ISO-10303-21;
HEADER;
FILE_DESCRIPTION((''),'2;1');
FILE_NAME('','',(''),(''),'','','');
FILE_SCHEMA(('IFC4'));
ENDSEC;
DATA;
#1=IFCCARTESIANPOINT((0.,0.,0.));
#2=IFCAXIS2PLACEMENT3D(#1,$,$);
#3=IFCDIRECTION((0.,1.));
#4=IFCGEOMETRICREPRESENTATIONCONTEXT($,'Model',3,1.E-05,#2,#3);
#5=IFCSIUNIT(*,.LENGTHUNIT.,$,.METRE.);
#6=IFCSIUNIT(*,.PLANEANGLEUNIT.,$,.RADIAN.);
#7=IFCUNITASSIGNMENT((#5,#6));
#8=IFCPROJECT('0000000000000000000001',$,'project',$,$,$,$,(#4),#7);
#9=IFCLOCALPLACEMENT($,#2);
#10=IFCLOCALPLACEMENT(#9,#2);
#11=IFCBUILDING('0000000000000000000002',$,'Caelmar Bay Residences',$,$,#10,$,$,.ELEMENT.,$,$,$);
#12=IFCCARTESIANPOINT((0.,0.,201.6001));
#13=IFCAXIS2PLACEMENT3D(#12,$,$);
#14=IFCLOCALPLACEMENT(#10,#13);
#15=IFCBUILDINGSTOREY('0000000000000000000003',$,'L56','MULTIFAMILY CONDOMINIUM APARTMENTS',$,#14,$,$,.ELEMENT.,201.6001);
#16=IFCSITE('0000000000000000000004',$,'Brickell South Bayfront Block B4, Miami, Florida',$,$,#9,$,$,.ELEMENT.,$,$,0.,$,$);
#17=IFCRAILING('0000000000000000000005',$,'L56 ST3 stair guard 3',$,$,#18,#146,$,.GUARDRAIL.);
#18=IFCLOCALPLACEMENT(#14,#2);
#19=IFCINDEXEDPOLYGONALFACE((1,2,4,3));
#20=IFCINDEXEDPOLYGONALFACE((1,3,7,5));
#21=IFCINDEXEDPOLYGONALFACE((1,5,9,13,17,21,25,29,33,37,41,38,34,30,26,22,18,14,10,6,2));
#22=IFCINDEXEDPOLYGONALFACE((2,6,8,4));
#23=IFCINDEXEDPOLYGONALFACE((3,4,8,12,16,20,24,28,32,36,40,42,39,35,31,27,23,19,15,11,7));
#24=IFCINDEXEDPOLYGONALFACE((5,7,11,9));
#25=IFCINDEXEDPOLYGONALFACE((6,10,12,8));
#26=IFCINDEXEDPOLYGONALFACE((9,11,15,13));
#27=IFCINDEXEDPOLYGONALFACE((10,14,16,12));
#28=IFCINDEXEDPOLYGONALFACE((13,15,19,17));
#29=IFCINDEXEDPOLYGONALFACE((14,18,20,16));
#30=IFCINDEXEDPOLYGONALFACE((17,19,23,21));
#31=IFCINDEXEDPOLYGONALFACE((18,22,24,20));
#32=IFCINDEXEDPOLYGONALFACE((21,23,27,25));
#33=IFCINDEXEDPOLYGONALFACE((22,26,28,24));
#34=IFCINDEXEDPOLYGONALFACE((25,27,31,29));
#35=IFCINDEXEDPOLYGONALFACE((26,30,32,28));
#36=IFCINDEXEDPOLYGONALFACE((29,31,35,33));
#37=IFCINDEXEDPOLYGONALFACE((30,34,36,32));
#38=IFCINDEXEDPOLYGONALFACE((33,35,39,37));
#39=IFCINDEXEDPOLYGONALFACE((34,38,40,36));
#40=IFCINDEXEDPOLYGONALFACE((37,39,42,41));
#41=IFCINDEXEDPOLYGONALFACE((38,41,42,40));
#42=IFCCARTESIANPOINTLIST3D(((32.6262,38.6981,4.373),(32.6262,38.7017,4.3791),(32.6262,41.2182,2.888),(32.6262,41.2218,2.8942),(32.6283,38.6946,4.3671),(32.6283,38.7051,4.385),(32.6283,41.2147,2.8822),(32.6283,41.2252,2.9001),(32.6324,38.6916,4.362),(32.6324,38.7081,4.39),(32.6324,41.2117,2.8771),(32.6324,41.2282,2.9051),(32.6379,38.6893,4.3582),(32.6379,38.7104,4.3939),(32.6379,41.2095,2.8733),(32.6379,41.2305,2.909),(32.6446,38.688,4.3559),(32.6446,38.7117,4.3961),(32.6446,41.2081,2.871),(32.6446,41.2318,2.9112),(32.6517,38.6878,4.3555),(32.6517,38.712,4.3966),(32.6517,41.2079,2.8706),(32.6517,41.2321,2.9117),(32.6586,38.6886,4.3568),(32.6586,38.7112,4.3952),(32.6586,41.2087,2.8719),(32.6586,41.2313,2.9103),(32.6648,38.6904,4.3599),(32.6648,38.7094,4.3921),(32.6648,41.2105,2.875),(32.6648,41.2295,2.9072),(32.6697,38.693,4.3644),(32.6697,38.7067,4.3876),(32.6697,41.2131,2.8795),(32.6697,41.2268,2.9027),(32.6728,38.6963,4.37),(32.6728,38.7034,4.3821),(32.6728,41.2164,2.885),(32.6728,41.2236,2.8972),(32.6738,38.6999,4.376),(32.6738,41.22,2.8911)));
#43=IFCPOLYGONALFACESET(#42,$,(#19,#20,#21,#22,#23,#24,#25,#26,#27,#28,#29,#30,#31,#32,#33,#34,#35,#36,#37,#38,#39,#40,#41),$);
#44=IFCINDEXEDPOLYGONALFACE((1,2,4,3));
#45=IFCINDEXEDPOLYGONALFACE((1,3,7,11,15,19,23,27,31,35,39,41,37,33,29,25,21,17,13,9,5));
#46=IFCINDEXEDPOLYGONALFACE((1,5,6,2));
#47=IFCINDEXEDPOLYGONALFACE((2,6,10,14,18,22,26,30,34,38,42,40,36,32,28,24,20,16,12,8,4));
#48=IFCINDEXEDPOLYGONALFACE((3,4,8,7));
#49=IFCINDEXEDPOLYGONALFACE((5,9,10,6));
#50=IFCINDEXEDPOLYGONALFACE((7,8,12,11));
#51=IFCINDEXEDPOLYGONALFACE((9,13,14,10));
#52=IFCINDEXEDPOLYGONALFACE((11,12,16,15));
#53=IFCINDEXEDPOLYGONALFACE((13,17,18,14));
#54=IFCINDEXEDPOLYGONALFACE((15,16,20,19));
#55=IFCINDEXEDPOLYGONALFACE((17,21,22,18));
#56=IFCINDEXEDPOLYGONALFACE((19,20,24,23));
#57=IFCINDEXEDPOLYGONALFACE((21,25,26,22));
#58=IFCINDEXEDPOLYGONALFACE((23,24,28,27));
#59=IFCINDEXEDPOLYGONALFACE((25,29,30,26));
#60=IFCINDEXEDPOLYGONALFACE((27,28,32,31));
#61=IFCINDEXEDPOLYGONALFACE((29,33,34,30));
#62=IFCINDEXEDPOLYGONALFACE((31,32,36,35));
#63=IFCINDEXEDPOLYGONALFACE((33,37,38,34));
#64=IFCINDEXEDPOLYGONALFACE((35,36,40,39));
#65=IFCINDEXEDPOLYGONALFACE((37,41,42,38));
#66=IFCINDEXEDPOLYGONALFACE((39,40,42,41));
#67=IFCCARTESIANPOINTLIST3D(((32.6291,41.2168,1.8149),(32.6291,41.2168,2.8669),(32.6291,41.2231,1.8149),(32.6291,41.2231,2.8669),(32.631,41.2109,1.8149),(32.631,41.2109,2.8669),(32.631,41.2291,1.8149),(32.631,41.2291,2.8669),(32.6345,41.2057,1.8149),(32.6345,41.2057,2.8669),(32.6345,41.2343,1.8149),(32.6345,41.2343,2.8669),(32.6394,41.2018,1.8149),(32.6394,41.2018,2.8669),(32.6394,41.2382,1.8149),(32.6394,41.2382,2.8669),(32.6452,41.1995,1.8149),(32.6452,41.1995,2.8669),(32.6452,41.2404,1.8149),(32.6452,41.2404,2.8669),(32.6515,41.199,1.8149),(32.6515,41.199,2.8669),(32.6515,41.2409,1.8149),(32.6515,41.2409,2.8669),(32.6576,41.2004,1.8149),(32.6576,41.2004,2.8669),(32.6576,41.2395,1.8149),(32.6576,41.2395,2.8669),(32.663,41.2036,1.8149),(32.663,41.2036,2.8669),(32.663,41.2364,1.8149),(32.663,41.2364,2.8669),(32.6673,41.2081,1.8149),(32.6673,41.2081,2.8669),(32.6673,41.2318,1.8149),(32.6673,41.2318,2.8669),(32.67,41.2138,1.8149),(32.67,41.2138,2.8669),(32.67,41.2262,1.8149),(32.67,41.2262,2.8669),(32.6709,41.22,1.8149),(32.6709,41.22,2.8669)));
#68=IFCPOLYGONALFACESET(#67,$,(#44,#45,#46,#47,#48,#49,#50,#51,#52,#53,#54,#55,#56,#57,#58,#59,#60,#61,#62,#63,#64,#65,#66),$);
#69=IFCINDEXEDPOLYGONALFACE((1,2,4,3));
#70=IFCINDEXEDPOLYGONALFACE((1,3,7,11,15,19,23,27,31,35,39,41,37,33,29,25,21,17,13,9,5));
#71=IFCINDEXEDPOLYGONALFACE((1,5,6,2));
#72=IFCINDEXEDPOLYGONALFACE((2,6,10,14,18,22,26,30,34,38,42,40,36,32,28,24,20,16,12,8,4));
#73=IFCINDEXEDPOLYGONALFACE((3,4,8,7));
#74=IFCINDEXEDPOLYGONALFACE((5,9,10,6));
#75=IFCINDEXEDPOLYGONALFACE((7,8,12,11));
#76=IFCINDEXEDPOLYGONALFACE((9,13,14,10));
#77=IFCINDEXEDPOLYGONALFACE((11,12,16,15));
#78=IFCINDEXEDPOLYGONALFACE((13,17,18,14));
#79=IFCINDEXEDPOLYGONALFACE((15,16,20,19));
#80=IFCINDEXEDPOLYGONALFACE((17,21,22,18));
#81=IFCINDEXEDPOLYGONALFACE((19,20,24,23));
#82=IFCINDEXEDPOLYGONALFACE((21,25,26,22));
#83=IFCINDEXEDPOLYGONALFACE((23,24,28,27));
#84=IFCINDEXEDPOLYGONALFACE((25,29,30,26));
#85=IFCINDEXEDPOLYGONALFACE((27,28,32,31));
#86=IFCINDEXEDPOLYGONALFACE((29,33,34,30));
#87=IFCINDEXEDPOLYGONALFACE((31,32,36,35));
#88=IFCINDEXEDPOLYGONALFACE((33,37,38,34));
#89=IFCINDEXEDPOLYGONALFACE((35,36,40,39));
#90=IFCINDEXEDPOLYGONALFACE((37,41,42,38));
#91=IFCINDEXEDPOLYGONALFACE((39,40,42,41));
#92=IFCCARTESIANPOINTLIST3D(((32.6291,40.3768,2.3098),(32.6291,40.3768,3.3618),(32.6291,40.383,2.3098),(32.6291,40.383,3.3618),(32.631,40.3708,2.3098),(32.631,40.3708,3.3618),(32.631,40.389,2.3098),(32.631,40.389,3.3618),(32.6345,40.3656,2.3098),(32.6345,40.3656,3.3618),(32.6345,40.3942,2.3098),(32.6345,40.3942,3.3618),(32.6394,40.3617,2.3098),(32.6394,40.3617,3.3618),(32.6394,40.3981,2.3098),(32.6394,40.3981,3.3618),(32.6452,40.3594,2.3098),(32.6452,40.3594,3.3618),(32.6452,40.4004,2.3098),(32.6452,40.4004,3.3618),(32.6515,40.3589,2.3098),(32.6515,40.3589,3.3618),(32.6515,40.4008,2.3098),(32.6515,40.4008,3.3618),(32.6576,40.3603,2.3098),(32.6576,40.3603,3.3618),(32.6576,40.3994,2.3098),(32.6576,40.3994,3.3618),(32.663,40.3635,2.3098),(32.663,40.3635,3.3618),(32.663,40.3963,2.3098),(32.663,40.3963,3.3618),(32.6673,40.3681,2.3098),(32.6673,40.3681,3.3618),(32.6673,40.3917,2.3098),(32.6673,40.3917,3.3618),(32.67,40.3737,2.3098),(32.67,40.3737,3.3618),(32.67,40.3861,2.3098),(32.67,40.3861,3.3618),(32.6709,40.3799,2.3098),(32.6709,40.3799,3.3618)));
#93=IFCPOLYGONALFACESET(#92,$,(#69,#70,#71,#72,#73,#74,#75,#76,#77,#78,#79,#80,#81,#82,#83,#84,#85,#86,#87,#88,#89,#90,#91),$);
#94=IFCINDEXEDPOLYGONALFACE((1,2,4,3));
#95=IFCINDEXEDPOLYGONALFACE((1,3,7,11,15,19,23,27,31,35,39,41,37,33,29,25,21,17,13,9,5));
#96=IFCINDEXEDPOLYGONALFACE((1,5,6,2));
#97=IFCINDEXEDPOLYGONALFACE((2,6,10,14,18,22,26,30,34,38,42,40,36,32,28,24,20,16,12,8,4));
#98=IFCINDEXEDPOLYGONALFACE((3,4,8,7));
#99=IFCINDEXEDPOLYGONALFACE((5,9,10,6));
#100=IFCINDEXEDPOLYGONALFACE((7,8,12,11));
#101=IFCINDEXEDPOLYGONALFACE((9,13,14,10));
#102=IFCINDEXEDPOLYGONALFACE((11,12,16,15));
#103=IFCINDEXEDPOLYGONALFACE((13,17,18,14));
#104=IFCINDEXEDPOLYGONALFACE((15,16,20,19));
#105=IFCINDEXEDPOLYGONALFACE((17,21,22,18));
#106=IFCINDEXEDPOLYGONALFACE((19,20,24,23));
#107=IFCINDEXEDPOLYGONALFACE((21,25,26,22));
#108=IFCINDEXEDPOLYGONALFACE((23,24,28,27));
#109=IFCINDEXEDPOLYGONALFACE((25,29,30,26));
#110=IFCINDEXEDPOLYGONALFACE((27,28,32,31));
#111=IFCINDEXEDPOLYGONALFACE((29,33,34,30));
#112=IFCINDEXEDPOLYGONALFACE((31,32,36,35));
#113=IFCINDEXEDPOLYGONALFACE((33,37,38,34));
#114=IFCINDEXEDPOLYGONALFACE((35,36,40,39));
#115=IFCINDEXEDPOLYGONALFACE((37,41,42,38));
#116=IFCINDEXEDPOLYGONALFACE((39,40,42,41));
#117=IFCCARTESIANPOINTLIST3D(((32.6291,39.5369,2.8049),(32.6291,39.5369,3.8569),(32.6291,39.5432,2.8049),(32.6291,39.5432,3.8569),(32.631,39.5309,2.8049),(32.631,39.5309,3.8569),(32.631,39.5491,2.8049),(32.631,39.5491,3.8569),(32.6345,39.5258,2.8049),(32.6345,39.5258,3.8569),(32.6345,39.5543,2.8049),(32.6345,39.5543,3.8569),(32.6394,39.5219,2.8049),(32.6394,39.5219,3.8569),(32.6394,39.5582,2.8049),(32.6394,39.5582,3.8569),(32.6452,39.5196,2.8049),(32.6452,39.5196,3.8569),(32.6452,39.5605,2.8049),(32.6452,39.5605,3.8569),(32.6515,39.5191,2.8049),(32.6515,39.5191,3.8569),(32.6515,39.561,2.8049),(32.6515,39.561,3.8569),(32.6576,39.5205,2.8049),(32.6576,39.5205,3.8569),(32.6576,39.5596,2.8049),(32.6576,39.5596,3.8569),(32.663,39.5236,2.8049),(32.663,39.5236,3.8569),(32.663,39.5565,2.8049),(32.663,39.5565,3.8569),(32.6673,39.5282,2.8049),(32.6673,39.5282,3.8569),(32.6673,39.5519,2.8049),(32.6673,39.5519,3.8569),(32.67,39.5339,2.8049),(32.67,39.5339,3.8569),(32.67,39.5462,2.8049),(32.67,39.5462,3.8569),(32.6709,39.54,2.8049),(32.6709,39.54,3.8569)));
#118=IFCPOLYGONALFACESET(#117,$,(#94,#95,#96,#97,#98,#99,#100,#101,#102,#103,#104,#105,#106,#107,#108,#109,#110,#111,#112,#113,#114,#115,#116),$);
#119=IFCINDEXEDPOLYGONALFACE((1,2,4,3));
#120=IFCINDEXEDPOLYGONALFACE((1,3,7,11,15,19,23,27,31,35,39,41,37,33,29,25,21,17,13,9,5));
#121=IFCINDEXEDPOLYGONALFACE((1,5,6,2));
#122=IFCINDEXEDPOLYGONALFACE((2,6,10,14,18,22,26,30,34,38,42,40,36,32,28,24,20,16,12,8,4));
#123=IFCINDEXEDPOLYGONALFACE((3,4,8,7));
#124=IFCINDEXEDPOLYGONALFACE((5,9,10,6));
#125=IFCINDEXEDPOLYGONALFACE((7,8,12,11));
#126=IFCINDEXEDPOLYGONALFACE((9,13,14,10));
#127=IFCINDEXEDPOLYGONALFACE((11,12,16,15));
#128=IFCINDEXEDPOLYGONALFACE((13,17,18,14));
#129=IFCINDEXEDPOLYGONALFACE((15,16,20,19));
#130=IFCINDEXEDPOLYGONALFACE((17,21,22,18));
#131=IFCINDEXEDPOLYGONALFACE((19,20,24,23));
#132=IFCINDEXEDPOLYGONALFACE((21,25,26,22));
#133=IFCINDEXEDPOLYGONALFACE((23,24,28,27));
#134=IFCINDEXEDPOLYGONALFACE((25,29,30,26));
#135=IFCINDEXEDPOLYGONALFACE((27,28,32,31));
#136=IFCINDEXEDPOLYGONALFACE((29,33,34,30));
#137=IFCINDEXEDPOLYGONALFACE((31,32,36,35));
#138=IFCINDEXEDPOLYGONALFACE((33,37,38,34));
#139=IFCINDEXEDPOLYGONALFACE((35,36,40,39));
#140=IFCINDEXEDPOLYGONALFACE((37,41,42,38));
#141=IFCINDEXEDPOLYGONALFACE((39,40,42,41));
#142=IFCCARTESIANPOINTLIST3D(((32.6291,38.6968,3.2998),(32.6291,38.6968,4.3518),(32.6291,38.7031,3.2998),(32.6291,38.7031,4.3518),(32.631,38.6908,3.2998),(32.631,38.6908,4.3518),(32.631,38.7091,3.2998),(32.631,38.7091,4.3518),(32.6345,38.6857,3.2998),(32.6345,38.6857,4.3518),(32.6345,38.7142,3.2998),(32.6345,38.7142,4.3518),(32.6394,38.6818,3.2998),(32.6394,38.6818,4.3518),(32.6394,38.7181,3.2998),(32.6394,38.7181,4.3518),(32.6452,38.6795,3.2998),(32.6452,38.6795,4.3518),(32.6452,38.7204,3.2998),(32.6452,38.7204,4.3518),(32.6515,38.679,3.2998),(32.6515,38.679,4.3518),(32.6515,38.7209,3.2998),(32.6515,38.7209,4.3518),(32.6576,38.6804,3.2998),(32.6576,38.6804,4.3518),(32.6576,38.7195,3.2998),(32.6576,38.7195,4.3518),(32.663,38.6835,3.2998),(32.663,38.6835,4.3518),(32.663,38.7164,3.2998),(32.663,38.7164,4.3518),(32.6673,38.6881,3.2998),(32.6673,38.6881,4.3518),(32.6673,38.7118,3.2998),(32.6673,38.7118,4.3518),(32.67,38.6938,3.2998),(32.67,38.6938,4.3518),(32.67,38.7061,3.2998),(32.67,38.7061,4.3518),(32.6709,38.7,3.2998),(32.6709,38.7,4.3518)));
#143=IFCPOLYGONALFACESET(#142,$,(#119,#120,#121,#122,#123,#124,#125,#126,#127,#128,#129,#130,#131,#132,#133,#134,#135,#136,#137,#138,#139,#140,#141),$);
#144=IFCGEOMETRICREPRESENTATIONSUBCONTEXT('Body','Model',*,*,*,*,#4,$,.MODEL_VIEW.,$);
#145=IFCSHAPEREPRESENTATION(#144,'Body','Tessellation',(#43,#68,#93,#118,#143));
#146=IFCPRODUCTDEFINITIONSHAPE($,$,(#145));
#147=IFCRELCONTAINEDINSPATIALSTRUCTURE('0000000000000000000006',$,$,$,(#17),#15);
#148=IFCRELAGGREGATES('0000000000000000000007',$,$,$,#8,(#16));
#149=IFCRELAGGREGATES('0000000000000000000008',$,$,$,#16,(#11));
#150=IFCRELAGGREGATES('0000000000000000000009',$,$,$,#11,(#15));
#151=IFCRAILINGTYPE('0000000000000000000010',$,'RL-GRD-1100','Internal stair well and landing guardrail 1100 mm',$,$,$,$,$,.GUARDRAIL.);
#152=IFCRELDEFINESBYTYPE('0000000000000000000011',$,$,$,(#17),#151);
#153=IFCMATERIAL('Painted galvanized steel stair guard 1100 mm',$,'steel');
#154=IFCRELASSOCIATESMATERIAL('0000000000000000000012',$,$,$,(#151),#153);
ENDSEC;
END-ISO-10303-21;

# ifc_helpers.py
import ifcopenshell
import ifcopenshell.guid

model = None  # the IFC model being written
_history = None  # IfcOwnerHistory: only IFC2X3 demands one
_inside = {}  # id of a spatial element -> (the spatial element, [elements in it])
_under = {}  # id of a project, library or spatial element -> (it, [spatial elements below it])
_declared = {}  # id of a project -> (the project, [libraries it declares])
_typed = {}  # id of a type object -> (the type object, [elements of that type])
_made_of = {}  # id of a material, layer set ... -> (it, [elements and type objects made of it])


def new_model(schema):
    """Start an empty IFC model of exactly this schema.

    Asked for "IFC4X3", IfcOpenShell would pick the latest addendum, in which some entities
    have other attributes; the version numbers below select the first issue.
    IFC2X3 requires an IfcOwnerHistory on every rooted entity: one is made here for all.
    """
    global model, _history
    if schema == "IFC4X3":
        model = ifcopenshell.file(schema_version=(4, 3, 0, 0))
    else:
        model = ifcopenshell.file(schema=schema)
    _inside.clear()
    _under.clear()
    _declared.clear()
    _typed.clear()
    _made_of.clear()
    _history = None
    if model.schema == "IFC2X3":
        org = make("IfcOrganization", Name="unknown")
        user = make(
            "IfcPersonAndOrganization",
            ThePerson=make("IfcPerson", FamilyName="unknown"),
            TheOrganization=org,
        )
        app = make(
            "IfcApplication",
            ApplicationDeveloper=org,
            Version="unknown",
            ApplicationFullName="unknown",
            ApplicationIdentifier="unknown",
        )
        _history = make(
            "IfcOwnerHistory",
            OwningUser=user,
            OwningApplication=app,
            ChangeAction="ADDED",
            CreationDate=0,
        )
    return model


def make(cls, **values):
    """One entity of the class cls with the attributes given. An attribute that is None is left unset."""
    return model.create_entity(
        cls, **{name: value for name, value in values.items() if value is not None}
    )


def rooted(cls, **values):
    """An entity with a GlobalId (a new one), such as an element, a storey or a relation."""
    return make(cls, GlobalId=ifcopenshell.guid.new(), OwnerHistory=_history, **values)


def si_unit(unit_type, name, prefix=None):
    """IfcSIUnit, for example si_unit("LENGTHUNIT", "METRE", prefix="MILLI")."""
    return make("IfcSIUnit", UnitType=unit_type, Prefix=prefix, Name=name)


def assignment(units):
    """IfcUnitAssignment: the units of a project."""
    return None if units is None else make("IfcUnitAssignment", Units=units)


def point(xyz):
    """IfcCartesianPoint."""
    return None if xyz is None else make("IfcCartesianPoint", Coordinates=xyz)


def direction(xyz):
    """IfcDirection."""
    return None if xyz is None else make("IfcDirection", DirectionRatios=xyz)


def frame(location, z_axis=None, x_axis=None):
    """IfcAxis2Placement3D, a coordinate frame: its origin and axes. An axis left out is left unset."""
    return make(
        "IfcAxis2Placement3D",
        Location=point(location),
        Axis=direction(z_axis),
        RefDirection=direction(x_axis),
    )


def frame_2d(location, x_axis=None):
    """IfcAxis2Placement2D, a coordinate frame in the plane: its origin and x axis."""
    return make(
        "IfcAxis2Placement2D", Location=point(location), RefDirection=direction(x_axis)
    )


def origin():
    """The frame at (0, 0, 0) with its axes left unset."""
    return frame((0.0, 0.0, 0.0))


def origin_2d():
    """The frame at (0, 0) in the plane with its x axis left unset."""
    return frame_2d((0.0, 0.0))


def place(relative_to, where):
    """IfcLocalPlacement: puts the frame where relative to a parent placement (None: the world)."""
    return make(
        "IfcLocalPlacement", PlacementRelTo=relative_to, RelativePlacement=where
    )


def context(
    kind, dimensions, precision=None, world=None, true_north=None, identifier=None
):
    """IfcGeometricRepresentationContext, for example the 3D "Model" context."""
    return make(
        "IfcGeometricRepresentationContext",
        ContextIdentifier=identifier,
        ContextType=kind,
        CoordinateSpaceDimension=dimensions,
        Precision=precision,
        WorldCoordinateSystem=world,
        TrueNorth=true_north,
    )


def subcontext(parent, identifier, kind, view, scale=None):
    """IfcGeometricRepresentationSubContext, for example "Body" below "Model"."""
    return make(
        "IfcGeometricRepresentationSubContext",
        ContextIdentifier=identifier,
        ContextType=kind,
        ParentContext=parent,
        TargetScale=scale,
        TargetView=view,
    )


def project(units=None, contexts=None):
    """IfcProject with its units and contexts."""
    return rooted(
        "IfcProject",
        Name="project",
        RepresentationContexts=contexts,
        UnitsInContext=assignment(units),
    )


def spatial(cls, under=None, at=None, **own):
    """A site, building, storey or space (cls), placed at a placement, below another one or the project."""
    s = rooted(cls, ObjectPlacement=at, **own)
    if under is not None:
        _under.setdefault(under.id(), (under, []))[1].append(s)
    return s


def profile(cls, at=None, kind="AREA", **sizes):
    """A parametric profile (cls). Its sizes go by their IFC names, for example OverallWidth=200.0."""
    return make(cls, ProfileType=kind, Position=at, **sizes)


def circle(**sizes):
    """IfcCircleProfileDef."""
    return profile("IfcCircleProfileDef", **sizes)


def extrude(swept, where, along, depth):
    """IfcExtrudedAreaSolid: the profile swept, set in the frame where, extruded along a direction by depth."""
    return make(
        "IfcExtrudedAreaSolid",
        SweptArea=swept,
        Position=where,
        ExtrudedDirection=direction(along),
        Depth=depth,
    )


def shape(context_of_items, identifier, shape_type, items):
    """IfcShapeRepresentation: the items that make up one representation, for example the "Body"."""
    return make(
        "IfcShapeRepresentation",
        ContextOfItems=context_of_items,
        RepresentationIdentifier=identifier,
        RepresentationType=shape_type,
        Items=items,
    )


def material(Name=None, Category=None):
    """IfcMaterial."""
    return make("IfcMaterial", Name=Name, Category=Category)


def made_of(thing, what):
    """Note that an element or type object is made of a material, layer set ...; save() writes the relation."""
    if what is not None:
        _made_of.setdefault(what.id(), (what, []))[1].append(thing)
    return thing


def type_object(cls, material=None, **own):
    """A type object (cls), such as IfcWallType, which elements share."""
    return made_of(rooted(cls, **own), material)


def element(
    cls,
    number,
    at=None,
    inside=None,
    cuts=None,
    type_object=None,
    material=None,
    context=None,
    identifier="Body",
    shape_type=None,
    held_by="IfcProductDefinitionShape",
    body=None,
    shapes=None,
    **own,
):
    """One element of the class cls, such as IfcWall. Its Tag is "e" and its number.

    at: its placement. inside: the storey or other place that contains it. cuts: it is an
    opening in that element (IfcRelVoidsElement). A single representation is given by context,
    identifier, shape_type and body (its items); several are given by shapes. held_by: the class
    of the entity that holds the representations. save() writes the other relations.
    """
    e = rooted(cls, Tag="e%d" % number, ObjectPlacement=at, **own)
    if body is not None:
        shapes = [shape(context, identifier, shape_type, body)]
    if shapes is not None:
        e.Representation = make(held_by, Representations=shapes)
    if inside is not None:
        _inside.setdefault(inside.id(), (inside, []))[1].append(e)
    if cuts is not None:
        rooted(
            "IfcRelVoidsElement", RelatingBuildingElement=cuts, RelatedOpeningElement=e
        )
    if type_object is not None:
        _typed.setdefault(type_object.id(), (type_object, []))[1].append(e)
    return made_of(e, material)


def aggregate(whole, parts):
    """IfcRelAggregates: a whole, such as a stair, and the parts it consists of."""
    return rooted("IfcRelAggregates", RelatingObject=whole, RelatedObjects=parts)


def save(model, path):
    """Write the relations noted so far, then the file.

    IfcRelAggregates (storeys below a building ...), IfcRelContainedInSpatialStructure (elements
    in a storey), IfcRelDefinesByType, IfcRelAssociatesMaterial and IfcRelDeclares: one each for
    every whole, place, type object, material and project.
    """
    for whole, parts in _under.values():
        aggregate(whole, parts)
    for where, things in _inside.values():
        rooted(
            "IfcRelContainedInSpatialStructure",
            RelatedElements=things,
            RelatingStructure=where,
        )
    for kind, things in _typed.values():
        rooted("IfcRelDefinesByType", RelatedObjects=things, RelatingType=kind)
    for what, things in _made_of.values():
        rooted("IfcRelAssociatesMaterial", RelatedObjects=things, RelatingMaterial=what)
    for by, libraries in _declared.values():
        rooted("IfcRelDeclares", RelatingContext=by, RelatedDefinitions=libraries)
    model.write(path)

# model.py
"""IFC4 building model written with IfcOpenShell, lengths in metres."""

from ifc_helpers import new_model, si_unit, direction, frame, origin, origin_2d, place, context, subcontext, project, spatial, circle, extrude, material, type_object, element, save


model = new_model("IFC4")

# Units and contexts
model_context = context("Model", 3, precision=1e-05, world=origin(), true_north=direction((0.0, 1.0)))
body_context = subcontext(model_context, "Body", "Model", "MODEL_VIEW")
ifc_project = project(units=[si_unit("LENGTHUNIT", "METRE"), si_unit("PLANEANGLEUNIT", "RADIAN")], contexts=[model_context])

# Site, building, storey
site_placement = place(None, origin())
site = spatial("IfcSite", under=ifc_project, at=site_placement, Name="Brickell South Bayfront Block B4, Miami, Florida", CompositionType="ELEMENT", RefElevation=0.0)
building_placement = place(site_placement, origin())
building = spatial("IfcBuilding", under=site, at=building_placement, Name="Caelmar Bay Residences", CompositionType="ELEMENT")
storey_placement = place(building_placement, frame((0.0, 0.0, 201.6001)))
storey = spatial("IfcBuildingStorey", under=building, at=storey_placement, Name="L56", Description="MULTIFAMILY CONDOMINIUM APARTMENTS", CompositionType="ELEMENT", Elevation=201.6001)

# Railing
ifc_material_1 = material(Name="Painted galvanized steel stair guard 1100 mm", Category="steel")
railing_type_1 = type_object("IfcRailingType", Name="RL-GRD-1100", Description="Internal stair well and landing guardrail 1100 mm", PredefinedType="GUARDRAIL", material=ifc_material_1)
railing_1_placement = place(storey_placement, frame((32.6499, 41.22, 1.8149)))
element("IfcRailing", 1, at=railing_1_placement, inside=storey, type_object=railing_type_1, Name="L56 ST3 stair guard 3", PredefinedType="GUARDRAIL", context=body_context, shape_type="SweptSolid", body=[
    extrude(circle(Radius=0.0239, at=origin_2d()), frame((0.0, 0.0, 1.0762), z_axis=(0.0, -0.861561, 0.507655), x_axis=(1.0, 0.0, 0.0)), (0.0, 0.0, 1.0), 2.925),
    extrude(circle(Radius=0.021, at=origin_2d()), origin(), (0.0, 0.0, 1.0), 1.052),
    extrude(circle(Radius=0.021, at=origin_2d()), frame((0.0, -0.8401, 0.4949)), (0.0, 0.0, 1.0), 1.052),
    extrude(circle(Radius=0.021, at=origin_2d()), frame((0.0, -1.6799, 0.99)), (0.0, 0.0, 1.0), 1.052),
    extrude(circle(Radius=0.021, at=origin_2d()), frame((0.0, -2.52, 1.4849)), (0.0, 0.0, 1.0), 1.052),
])

save(model, "model.ifc")
